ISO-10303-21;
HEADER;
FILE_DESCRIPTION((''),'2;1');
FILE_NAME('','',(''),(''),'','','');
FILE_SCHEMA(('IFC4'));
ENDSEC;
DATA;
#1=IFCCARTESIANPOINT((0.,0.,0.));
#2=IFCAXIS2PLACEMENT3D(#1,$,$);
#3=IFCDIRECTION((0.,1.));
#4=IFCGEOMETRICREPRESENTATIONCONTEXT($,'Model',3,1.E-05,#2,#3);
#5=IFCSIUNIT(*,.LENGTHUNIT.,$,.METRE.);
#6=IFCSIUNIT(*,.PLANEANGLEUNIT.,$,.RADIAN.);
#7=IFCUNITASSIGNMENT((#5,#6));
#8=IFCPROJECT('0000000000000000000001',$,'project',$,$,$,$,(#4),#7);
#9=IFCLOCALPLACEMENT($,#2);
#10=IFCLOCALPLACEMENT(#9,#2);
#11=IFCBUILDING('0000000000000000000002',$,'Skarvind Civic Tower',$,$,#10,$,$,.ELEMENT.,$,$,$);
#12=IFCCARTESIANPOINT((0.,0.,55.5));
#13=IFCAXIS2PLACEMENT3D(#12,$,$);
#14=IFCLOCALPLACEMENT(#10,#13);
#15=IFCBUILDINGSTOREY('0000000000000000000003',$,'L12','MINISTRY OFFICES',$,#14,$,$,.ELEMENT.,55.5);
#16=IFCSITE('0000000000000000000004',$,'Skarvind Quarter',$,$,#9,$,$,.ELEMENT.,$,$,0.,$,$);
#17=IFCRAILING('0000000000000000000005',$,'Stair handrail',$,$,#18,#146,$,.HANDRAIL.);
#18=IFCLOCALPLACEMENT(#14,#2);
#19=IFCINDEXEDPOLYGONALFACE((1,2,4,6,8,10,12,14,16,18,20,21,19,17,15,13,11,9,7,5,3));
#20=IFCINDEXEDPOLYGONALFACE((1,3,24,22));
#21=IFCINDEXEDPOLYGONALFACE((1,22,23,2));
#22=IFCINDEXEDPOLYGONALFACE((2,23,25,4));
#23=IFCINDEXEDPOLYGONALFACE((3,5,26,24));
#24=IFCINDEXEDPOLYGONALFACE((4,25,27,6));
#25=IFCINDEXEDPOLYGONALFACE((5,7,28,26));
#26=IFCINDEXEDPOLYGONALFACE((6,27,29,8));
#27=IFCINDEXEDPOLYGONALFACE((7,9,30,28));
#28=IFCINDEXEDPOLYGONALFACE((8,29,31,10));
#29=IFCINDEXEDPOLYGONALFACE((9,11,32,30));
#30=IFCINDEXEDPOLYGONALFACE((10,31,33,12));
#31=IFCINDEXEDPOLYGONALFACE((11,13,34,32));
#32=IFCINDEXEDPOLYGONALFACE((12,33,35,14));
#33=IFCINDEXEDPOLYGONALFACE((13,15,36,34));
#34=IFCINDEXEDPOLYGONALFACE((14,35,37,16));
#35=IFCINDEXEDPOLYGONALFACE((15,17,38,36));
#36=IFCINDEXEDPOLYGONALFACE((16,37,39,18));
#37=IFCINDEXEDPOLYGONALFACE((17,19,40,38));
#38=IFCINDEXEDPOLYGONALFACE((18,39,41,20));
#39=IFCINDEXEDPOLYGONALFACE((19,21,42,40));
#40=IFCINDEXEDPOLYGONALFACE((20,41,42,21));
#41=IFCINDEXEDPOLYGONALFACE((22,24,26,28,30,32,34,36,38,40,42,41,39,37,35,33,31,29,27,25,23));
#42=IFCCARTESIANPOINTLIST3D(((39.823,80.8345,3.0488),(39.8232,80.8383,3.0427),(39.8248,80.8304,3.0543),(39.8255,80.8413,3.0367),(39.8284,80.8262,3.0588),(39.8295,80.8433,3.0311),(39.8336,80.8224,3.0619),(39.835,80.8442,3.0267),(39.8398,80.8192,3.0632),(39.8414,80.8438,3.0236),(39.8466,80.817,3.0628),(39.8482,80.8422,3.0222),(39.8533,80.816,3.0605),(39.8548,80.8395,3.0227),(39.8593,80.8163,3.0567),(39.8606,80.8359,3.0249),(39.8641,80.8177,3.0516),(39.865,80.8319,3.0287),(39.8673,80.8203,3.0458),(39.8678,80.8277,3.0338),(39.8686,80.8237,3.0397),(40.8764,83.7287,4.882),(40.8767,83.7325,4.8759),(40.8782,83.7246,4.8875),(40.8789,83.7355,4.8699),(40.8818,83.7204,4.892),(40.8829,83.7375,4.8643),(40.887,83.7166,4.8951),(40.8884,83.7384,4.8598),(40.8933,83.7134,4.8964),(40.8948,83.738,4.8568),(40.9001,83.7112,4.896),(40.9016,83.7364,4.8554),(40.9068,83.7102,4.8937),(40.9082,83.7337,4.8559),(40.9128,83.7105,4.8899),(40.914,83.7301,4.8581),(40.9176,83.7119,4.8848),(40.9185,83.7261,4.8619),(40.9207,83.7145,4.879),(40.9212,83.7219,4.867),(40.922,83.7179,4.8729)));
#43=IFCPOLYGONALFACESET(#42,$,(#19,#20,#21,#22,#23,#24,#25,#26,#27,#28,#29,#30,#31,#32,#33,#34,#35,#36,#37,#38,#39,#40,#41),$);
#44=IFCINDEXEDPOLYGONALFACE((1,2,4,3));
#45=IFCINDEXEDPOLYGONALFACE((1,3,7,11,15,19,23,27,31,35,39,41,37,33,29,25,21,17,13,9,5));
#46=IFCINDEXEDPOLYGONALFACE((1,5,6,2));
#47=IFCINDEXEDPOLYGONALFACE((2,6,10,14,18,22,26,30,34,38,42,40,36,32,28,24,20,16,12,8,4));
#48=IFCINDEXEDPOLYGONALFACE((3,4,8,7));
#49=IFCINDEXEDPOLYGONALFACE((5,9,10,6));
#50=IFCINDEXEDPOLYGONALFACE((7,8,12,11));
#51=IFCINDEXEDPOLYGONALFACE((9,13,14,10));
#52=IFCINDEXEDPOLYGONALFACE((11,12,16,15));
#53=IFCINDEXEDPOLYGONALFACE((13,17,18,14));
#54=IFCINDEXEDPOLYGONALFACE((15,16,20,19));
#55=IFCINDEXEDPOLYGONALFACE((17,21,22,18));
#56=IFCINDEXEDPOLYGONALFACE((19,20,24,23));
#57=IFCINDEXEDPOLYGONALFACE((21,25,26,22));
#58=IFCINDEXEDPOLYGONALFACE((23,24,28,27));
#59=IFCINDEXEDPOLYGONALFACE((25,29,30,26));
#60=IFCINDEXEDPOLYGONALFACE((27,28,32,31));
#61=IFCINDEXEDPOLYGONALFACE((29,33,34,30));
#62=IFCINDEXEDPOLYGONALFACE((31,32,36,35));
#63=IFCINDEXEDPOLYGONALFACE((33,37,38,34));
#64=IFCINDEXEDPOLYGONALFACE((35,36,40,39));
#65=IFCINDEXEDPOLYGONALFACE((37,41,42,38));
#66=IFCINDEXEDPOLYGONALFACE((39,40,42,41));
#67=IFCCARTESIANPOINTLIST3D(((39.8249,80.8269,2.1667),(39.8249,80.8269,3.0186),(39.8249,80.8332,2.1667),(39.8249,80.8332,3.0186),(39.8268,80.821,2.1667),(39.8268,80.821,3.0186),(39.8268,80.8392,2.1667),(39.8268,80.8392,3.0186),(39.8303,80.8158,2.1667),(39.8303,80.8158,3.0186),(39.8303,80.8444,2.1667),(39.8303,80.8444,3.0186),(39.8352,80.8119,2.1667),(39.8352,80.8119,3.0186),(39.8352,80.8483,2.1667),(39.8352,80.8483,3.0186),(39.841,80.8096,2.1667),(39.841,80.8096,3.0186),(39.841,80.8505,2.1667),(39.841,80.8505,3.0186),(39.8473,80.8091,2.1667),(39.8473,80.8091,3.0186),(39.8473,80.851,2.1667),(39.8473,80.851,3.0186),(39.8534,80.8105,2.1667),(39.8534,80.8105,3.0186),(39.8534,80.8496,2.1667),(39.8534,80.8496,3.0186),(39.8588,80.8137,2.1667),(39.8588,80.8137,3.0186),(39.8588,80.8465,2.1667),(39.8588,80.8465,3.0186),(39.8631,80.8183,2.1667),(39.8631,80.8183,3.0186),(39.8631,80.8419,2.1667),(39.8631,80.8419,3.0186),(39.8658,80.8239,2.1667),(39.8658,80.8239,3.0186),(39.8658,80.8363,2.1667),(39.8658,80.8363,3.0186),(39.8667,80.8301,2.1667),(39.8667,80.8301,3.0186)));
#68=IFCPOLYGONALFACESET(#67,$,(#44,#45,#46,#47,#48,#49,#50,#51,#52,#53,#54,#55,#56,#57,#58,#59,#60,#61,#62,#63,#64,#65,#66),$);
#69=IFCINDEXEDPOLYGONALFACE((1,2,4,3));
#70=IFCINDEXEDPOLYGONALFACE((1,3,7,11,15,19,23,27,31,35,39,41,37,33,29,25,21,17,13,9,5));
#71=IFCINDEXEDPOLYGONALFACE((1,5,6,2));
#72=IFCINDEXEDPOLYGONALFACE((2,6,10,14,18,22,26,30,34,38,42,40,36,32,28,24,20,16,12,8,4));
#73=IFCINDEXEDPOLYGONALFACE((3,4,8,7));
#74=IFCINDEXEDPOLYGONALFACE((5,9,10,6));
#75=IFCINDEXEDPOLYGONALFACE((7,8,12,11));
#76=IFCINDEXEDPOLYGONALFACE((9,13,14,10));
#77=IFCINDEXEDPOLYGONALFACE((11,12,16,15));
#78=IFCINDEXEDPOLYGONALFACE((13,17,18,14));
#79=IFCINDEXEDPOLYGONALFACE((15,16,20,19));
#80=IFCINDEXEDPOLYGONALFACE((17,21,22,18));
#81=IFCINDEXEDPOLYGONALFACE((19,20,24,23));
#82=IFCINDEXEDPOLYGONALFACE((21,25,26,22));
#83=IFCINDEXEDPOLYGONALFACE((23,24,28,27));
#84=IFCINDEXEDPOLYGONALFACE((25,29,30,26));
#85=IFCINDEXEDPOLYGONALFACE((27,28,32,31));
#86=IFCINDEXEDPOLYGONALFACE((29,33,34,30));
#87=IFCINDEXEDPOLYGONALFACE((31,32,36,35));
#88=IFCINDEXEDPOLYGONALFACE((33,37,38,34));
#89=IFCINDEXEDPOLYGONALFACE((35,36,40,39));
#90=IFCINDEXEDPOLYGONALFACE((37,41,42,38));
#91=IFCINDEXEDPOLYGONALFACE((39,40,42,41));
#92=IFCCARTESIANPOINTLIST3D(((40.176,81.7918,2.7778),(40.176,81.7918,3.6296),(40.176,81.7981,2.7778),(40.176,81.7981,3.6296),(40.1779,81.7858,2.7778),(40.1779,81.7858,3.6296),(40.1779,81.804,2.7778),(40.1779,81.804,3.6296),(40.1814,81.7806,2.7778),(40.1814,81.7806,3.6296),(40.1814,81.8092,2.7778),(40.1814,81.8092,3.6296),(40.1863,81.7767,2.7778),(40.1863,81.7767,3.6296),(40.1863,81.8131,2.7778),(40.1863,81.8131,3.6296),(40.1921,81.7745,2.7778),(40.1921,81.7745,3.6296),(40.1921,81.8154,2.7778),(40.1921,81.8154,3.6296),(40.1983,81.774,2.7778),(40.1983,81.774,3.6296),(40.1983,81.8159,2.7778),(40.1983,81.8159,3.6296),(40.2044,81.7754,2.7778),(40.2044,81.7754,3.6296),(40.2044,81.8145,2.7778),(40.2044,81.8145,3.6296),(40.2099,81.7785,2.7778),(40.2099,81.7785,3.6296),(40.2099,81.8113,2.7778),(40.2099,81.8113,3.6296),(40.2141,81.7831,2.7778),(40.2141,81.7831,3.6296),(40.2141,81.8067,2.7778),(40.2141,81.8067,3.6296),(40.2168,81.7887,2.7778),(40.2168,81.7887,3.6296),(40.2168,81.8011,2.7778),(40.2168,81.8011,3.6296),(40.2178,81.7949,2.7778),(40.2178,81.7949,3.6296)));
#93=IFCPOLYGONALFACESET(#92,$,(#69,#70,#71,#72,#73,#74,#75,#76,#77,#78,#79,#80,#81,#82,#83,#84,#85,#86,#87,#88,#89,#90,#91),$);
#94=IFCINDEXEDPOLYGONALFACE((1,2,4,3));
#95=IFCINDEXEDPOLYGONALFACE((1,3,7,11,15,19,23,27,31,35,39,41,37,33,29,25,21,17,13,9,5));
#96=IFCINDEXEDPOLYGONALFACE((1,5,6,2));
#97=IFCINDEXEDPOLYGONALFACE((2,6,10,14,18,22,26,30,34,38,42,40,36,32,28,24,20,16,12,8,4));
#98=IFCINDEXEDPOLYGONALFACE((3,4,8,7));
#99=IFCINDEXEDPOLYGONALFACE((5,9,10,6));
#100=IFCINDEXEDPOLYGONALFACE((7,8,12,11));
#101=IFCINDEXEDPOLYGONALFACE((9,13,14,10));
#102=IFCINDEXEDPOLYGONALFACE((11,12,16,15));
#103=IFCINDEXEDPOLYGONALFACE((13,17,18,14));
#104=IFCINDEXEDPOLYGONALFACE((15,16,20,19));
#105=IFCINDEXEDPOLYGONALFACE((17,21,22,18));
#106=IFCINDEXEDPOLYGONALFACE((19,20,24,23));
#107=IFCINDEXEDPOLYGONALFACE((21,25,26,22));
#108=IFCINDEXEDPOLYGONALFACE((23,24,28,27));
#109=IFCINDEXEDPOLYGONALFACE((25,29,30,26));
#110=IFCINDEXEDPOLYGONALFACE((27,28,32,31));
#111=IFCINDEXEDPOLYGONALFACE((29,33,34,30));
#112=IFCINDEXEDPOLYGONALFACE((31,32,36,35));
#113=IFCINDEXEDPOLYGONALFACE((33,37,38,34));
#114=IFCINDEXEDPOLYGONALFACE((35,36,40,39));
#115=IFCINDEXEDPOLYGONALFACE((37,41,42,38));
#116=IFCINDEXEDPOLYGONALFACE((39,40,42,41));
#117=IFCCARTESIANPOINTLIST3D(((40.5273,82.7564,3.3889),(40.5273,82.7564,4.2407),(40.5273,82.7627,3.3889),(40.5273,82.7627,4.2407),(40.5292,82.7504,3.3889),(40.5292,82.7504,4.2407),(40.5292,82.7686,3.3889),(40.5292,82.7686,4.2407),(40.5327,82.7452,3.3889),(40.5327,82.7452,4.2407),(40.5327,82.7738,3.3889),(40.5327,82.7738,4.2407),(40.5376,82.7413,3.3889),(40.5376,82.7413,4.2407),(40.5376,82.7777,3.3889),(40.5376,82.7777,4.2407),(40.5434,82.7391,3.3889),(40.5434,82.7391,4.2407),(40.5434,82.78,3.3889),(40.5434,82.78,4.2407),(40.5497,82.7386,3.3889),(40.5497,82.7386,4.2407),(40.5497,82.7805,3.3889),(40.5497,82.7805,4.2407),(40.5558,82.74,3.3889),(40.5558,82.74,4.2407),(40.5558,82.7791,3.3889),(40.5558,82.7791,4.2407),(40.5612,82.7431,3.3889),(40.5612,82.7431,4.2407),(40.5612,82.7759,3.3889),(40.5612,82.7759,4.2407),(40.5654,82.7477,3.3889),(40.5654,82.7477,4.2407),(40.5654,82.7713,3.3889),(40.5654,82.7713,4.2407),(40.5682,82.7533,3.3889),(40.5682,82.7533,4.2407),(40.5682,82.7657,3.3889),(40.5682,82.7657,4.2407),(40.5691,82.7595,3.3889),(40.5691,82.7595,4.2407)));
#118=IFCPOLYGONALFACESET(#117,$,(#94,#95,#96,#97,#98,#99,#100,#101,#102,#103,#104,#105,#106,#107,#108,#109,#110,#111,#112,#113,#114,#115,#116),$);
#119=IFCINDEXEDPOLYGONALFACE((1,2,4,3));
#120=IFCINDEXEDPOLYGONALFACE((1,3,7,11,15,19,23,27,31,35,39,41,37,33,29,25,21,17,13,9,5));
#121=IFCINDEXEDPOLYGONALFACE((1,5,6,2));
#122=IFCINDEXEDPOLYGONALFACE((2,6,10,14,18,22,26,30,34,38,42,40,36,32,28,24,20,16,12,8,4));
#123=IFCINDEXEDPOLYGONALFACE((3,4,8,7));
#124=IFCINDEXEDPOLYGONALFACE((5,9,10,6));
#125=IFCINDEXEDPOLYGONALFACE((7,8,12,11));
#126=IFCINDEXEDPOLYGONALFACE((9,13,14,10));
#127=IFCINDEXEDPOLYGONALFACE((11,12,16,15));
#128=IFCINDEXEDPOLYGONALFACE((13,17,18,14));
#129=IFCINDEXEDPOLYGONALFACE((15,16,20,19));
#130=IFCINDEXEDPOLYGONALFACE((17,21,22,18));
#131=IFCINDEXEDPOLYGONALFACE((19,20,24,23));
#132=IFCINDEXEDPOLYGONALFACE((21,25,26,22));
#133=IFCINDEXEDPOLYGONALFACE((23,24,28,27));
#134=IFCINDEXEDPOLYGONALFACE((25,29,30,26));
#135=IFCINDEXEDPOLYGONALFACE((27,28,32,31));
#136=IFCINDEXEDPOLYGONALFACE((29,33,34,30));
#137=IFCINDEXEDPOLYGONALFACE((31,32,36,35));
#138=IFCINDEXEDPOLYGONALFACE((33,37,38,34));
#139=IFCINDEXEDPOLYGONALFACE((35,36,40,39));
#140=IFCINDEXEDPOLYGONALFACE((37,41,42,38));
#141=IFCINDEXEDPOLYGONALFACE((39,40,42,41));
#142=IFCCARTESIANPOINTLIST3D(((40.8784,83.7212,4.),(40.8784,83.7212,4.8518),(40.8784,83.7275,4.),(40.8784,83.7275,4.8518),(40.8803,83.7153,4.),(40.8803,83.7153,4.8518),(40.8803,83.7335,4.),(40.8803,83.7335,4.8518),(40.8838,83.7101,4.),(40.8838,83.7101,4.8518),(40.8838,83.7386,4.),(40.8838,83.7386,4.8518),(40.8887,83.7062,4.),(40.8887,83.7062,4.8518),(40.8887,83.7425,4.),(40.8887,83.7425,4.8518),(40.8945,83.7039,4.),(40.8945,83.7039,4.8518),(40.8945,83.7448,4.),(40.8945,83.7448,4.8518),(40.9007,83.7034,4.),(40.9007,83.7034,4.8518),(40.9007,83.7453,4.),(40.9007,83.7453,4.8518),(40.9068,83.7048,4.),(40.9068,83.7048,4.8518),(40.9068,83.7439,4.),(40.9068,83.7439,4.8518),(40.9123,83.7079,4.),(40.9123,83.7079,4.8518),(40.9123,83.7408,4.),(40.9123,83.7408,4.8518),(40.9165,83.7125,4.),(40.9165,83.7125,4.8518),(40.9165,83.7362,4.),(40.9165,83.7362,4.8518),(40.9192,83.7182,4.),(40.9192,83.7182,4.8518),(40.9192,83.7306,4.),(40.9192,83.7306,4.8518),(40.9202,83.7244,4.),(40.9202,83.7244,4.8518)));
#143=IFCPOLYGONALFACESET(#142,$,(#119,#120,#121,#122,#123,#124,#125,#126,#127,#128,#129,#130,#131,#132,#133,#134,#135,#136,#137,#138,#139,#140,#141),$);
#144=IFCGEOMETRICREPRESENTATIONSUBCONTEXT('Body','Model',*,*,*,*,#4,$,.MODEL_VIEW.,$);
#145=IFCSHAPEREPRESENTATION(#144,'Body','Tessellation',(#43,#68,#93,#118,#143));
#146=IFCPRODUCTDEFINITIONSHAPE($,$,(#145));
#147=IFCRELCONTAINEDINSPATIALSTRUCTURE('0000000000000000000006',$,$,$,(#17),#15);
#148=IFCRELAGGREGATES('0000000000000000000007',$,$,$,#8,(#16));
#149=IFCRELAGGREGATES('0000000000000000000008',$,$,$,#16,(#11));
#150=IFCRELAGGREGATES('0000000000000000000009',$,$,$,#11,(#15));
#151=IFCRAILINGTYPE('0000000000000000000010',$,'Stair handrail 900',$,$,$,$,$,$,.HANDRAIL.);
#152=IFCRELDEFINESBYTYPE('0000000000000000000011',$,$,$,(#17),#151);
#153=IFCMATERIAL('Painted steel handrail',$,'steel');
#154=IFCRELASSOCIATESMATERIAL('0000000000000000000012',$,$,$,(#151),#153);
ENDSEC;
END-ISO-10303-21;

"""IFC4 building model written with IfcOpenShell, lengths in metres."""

from ifc_helpers import new_model, si_unit, direction, frame, origin, origin_2d, place, context, subcontext, project, spatial, circle, extrude, material, type_object, element, save


model = new_model("IFC4")

# Units and contexts
model_context = context("Model", 3, precision=1e-05, world=origin(), true_north=direction((0.0, 1.0)))
body_context = subcontext(model_context, "Body", "Model", "MODEL_VIEW")
ifc_project = project(units=[si_unit("LENGTHUNIT", "METRE"), si_unit("PLANEANGLEUNIT", "RADIAN")], contexts=[model_context])

# Site, building, storey
site_placement = place(None, origin())
site = spatial("IfcSite", under=ifc_project, at=site_placement, Name="Skarvind Quarter", CompositionType="ELEMENT", RefElevation=0.0)
building_placement = place(site_placement, origin())
building = spatial("IfcBuilding", under=site, at=building_placement, Name="Skarvind Civic Tower", CompositionType="ELEMENT")
storey_placement = place(building_placement, frame((0.0, 0.0, 55.5)))
storey = spatial("IfcBuildingStorey", under=building, at=storey_placement, Name="L12", Description="MINISTRY OFFICES", CompositionType="ELEMENT", Elevation=55.5)

# Railing
ifc_material_1 = material(Name="Painted steel handrail", Category="steel")
railing_type = type_object("IfcRailingType", Name="Stair handrail 900", PredefinedType="HANDRAIL", material=ifc_material_1)
railing_1_placement = place(storey_placement, frame((39.8457, 80.8301, 2.1667)))
element("IfcRailing", 1, at=railing_1_placement, inside=storey, type_object=railing_type, Name="Stair handrail", PredefinedType="HANDRAIL", context=body_context, shape_type="SweptSolid", body=[
    extrude(circle(Radius=0.0239, at=origin_2d()), frame((0.0, 0.0, 0.876), z_axis=(0.293908, 0.807481, 0.511461), x_axis=(-0.939689, 0.342029, 0.0)), (0.0, 0.0, 1.0), 3.5842),
    extrude(circle(Radius=0.021, at=origin_2d()), origin(), (0.0, 0.0, 1.0), 0.8518),
    extrude(circle(Radius=0.021, at=origin_2d()), frame((0.3511, 0.9648, 0.6111)), (0.0, 0.0, 1.0), 0.8518),
    extrude(circle(Radius=0.021, at=origin_2d()), frame((0.7024, 1.9294, 1.2222)), (0.0, 0.0, 1.0), 0.8518),
    extrude(circle(Radius=0.021, at=origin_2d()), frame((1.0535, 2.8943, 1.8333)), (0.0, 0.0, 1.0), 0.8518),
])

save(model, "model.ifc")
